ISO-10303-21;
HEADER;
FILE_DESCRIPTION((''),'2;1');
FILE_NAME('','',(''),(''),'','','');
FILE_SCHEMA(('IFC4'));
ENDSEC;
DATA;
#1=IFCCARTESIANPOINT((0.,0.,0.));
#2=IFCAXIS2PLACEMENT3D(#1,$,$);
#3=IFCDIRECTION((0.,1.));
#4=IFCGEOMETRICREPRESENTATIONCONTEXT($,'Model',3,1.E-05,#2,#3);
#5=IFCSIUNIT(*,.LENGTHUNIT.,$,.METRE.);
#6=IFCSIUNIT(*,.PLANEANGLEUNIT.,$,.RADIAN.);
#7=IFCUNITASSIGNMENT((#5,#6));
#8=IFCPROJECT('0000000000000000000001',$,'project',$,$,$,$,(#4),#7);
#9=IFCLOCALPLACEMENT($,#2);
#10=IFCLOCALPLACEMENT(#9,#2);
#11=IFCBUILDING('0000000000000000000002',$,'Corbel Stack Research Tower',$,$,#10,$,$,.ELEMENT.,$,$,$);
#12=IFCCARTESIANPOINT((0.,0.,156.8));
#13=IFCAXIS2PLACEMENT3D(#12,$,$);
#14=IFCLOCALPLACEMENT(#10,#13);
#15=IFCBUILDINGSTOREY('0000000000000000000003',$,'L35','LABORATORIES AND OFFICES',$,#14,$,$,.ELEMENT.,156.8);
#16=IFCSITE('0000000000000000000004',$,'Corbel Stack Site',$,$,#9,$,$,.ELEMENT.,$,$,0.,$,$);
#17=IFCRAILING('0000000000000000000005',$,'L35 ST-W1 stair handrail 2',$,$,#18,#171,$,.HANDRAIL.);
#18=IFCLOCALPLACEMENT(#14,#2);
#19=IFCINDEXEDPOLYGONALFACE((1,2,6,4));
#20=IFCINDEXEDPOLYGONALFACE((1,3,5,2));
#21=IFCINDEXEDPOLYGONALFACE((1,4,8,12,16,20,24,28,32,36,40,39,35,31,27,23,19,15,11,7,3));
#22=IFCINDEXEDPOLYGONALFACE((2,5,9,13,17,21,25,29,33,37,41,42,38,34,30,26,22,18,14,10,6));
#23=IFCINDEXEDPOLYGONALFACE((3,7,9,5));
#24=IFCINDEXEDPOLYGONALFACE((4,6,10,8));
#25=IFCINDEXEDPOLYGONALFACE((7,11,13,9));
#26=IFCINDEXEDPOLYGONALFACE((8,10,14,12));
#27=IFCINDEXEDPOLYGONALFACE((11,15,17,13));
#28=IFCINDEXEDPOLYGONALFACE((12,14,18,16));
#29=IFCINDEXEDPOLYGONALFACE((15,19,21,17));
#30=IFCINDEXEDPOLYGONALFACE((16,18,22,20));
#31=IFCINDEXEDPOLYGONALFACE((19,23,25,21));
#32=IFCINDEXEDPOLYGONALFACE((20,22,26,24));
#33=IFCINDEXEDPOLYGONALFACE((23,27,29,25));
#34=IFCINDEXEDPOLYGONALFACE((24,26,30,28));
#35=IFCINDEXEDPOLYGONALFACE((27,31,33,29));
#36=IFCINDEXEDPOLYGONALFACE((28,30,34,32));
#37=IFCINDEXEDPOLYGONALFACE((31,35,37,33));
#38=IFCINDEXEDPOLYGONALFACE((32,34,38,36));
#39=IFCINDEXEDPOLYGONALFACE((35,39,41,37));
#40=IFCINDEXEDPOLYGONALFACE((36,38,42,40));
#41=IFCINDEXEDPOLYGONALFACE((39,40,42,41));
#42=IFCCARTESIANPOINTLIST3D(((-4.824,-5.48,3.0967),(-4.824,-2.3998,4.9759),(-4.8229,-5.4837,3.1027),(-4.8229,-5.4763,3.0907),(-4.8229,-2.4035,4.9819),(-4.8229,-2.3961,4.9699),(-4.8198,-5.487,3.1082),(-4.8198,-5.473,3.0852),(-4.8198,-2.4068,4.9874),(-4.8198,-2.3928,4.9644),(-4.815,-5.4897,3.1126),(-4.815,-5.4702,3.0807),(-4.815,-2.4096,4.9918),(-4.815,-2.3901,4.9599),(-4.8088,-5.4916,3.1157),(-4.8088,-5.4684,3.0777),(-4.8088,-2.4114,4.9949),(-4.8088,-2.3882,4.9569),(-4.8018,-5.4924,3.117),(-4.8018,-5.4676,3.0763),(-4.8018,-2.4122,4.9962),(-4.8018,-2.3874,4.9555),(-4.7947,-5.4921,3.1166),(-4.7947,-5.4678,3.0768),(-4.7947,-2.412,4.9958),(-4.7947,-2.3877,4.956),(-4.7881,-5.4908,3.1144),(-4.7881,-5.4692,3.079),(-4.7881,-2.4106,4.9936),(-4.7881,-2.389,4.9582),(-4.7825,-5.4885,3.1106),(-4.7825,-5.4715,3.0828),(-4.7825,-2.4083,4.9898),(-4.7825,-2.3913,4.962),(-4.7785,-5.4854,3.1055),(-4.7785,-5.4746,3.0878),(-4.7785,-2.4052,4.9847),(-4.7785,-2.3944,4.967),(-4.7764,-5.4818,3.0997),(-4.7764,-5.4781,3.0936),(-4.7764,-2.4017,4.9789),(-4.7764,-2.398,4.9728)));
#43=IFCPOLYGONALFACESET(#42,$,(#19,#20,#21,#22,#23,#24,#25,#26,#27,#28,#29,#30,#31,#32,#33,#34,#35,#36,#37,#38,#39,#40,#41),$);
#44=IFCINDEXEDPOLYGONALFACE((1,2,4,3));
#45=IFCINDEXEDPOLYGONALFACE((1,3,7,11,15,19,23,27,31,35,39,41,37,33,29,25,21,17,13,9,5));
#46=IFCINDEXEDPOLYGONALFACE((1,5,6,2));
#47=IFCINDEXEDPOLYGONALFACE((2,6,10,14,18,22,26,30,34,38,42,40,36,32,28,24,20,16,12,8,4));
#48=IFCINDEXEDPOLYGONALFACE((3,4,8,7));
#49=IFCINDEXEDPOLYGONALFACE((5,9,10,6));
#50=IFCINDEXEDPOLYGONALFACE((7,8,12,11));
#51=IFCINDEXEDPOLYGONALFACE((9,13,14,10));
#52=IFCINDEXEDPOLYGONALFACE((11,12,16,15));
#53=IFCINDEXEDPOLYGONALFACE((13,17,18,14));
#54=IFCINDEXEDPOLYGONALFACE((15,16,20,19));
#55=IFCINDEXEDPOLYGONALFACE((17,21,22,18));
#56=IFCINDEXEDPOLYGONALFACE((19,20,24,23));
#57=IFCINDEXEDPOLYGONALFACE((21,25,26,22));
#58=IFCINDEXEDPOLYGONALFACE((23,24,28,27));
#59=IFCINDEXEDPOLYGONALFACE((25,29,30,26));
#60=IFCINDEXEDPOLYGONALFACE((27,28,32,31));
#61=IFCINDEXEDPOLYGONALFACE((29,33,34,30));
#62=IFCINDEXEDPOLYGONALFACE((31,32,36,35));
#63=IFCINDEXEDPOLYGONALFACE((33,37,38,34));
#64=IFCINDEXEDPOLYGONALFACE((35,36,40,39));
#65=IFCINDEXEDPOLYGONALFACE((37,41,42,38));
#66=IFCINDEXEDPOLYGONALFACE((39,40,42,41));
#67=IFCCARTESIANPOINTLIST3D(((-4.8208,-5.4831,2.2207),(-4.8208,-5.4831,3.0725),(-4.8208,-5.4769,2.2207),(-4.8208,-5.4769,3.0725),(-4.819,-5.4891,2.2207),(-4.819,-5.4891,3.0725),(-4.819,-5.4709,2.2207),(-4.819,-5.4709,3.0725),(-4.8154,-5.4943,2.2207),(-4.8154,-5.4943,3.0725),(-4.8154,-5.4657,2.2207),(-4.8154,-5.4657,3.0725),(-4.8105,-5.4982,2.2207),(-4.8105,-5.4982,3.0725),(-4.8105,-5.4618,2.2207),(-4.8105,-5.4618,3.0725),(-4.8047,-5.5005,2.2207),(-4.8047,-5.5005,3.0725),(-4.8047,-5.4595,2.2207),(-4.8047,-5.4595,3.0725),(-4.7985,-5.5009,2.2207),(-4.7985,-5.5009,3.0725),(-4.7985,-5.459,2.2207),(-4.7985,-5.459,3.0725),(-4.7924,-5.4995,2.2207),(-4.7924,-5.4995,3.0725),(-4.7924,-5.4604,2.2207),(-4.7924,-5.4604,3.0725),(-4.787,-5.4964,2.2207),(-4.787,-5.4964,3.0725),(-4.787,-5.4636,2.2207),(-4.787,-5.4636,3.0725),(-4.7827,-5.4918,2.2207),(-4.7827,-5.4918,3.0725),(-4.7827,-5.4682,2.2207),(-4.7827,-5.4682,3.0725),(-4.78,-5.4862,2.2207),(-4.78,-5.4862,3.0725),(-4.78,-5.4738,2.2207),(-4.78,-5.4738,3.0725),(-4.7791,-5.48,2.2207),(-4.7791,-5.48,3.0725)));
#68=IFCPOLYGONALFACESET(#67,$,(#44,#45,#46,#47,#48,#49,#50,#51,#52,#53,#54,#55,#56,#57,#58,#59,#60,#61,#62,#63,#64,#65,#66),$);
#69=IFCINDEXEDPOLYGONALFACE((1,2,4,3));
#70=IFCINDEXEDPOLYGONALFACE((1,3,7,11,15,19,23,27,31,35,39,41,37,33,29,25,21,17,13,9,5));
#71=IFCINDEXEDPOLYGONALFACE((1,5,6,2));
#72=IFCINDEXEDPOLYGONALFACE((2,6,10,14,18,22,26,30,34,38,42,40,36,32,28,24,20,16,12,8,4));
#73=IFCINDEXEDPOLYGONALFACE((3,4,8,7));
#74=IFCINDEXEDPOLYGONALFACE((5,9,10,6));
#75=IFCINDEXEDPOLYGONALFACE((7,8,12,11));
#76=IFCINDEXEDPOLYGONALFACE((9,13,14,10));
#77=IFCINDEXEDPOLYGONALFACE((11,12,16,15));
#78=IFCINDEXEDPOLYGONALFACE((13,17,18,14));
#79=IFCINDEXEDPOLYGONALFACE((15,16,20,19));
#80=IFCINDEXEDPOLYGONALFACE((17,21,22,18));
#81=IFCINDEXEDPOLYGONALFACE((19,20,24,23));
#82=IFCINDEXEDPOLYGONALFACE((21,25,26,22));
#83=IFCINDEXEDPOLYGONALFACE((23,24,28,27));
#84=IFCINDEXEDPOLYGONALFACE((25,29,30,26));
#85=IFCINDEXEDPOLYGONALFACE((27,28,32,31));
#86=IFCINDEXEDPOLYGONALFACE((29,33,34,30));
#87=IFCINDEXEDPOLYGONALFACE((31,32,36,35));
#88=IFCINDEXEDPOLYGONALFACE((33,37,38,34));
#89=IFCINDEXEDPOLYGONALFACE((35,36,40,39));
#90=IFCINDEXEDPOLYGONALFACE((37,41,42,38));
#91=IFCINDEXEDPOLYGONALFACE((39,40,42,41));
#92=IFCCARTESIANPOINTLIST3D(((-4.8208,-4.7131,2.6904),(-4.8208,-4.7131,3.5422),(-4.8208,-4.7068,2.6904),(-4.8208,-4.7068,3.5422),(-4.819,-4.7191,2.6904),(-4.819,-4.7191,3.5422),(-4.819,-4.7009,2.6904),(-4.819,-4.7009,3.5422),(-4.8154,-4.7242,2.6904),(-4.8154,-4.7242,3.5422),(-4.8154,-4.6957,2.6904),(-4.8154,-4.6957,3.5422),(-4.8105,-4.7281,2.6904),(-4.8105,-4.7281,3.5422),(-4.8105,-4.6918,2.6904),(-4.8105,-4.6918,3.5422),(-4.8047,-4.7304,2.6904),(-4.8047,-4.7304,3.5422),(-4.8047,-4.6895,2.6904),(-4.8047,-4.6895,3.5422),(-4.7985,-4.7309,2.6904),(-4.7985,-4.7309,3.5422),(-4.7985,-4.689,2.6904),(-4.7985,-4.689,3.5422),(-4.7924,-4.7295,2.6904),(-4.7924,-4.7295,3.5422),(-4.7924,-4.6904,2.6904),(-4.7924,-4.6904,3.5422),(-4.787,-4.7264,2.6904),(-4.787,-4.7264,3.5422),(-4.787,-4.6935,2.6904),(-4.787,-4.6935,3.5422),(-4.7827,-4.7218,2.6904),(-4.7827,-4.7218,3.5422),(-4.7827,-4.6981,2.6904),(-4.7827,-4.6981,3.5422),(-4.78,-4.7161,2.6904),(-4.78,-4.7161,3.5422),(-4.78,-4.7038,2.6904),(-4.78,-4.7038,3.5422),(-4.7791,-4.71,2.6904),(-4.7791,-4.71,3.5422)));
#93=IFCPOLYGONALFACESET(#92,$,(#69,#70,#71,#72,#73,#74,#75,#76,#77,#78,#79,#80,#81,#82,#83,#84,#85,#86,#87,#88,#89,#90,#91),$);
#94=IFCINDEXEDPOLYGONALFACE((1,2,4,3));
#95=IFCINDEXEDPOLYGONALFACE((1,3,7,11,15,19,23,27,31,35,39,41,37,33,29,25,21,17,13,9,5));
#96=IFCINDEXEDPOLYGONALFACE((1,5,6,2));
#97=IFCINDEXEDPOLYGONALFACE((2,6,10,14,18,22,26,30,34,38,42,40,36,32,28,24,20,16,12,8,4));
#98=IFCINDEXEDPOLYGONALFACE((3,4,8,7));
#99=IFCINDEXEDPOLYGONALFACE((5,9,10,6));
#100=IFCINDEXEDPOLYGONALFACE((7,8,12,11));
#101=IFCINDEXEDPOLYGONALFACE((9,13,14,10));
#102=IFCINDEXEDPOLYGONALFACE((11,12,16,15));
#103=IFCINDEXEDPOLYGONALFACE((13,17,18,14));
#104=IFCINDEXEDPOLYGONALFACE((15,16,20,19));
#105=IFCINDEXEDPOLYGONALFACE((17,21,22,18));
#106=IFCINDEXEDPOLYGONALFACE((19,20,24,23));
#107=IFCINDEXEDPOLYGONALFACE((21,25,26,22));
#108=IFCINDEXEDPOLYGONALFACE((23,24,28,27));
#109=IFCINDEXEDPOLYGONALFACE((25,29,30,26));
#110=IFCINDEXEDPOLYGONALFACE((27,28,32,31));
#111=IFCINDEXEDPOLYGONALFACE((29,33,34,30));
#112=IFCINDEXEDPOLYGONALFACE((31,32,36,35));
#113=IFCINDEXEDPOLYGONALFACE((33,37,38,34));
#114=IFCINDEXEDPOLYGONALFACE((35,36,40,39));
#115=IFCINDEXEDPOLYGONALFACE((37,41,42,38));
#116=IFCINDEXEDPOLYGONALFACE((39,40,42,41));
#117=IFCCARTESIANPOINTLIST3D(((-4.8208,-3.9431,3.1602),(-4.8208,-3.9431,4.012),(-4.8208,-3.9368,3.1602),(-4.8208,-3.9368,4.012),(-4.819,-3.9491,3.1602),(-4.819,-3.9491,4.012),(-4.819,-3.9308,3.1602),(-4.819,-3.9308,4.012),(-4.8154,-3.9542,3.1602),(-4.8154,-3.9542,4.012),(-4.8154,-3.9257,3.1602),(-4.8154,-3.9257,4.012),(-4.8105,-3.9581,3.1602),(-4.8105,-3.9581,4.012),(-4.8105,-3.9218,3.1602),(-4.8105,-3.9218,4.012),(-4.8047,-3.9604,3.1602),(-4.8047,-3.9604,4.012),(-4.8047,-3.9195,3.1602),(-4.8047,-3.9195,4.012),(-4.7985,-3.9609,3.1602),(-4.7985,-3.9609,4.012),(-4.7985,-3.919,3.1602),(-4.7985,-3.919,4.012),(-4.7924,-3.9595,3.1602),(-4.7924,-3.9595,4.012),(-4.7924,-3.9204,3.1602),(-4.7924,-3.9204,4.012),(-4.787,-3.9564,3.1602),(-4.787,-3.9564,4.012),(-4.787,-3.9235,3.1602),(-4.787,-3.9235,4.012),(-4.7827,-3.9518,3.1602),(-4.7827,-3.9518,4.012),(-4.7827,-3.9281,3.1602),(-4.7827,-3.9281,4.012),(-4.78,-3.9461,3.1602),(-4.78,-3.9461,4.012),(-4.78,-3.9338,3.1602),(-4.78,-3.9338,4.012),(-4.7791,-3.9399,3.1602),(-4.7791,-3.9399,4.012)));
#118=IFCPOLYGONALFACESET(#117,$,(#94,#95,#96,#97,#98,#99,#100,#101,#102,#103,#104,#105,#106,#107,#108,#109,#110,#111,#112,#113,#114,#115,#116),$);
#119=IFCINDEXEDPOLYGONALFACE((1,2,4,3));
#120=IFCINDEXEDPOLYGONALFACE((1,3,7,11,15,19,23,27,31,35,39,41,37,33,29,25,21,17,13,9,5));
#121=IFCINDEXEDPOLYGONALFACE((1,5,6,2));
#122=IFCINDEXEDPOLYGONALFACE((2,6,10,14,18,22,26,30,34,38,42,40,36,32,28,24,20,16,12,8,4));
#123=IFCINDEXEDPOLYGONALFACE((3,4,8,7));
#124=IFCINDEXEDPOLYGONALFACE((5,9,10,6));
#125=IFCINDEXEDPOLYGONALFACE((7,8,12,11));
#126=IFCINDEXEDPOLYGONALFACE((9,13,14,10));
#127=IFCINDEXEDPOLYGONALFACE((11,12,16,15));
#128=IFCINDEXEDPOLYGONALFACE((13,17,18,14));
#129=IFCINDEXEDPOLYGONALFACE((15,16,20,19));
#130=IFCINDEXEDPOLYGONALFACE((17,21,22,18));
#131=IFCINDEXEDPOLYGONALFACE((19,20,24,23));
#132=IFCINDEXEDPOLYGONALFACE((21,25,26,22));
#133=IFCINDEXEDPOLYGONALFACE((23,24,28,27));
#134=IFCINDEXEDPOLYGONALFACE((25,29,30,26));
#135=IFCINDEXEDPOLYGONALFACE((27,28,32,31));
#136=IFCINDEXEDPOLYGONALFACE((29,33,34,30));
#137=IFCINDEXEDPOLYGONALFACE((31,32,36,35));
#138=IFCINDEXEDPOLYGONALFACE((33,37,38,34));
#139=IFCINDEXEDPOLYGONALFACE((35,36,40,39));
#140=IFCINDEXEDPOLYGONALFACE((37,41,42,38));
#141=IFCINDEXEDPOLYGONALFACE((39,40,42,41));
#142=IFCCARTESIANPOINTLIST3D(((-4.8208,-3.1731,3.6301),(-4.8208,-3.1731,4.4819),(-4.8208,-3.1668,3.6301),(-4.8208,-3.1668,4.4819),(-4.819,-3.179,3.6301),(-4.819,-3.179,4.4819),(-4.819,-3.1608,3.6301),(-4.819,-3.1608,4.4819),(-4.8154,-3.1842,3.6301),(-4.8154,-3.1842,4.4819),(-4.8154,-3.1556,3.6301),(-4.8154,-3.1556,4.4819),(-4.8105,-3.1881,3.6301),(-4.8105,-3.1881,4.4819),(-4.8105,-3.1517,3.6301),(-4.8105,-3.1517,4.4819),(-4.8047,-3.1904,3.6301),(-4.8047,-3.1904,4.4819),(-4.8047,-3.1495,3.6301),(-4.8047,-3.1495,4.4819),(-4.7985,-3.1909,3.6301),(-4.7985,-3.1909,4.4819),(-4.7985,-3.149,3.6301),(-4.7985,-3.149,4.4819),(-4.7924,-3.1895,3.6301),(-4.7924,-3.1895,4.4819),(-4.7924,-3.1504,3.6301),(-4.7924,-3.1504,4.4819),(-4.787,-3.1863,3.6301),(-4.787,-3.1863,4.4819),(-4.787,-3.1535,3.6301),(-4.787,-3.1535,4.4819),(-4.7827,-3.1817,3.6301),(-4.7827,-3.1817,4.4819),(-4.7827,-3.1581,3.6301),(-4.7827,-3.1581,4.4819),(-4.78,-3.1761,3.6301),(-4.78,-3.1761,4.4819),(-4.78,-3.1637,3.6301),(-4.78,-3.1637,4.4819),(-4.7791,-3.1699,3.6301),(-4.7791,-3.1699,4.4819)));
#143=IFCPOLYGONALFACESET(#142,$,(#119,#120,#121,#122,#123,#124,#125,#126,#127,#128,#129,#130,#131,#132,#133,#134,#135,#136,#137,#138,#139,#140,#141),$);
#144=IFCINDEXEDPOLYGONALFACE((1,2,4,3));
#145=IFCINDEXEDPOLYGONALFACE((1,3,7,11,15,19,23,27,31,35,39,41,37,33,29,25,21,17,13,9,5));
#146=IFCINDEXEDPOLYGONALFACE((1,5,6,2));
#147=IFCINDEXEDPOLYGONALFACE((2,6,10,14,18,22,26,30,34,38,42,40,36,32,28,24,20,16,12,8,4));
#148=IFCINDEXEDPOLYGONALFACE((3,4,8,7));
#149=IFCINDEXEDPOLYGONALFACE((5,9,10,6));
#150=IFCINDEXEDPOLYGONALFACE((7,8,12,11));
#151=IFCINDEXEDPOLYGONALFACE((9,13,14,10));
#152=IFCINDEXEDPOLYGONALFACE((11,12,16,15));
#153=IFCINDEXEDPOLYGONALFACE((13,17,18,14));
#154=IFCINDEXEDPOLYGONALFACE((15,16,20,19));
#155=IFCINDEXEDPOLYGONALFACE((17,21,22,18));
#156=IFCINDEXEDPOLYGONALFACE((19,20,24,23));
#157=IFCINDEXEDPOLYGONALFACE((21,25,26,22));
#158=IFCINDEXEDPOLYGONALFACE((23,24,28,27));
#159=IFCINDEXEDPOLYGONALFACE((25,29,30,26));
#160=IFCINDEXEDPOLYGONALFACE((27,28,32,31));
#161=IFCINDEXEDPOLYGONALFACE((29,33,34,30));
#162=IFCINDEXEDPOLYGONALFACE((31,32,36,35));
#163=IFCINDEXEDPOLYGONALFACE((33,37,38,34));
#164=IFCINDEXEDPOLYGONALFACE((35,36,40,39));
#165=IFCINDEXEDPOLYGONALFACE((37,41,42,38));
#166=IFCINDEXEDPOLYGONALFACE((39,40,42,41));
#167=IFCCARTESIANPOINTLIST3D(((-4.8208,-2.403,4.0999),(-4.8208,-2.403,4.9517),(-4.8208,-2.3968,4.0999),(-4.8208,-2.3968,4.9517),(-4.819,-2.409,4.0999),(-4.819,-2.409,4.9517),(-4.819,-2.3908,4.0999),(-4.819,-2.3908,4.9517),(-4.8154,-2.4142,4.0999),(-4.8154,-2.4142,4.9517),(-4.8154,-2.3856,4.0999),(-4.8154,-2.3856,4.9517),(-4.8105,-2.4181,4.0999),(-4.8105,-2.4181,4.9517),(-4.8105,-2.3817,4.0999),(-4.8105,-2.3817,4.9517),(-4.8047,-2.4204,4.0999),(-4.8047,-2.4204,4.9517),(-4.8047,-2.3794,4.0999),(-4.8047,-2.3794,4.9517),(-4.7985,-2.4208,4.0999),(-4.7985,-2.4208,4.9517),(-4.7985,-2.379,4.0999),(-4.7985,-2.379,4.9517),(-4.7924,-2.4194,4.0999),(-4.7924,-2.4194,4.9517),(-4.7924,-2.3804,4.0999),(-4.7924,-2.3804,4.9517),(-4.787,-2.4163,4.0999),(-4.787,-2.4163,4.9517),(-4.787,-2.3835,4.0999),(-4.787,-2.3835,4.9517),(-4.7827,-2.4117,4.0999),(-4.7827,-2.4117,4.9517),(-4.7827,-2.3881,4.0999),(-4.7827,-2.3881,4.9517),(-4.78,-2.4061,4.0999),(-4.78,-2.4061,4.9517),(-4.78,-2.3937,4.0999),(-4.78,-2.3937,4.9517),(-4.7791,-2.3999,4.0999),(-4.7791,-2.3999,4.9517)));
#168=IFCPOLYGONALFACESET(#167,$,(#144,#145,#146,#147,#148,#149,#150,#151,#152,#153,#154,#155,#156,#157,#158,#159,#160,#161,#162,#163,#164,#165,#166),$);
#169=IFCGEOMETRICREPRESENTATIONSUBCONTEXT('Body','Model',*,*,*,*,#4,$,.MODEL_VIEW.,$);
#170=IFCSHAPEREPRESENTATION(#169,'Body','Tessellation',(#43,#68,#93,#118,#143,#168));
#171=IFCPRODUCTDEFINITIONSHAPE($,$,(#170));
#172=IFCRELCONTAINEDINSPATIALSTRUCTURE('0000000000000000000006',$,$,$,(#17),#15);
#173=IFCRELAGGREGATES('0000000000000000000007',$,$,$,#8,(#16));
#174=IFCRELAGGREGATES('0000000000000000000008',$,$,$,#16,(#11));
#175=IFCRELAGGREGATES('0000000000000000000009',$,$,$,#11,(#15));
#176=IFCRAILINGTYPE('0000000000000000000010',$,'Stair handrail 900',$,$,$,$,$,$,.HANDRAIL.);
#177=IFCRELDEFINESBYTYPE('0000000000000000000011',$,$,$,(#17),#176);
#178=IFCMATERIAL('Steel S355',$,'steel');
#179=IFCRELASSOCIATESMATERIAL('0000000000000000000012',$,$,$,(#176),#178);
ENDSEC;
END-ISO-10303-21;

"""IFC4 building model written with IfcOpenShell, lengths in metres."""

from ifc_helpers import new_model, si_unit, direction, frame, origin, origin_2d, place, context, subcontext, project, spatial, circle, extrude, material, type_object, element, save


model = new_model("IFC4")

# Units and contexts
model_context = context("Model", 3, precision=1e-05, world=origin(), true_north=direction((0.0, 1.0)))
body_context = subcontext(model_context, "Body", "Model", "MODEL_VIEW")
ifc_project = project(units=[si_unit("LENGTHUNIT", "METRE"), si_unit("PLANEANGLEUNIT", "RADIAN")], contexts=[model_context])

# Site, building, storey
site_placement = place(None, origin())
site = spatial("IfcSite", under=ifc_project, at=site_placement, Name="Corbel Stack Site", CompositionType="ELEMENT", RefElevation=0.0)
building_placement = place(site_placement, origin())
building = spatial("IfcBuilding", under=site, at=building_placement, Name="Corbel Stack Research Tower", CompositionType="ELEMENT")
storey_placement = place(building_placement, frame((0.0, 0.0, 156.8)))
storey = spatial("IfcBuildingStorey", under=building, at=storey_placement, Name="L35", Description="LABORATORIES AND OFFICES", CompositionType="ELEMENT", Elevation=156.8)

# Railing
ifc_material_1 = material(Name="Steel S355", Category="steel")
railing_type_1 = type_object("IfcRailingType", Name="Stair handrail 900", PredefinedType="HANDRAIL", material=ifc_material_1)
railing_1_placement = place(storey_placement, frame((-4.8, -5.48, 2.2207)))
element("IfcRailing", 1, at=railing_1_placement, inside=storey, type_object=railing_type_1, Name="L35 ST-W1 stair handrail 2", PredefinedType="HANDRAIL", context=body_context, shape_type="SweptSolid", body=[
    extrude(circle(Radius=0.0239, at=origin_2d()), frame((0.0, 0.0, 0.876), z_axis=(0.0, 0.853666, 0.52082), x_axis=(-1.0, 0.0, 0.0)), (0.0, 0.0, 1.0), 3.6082),
    extrude(circle(Radius=0.021, at=origin_2d()), origin(), (0.0, 0.0, 1.0), 0.8518),
    extrude(circle(Radius=0.021, at=origin_2d()), frame((0.0, 0.77, 0.4697)), (0.0, 0.0, 1.0), 0.8518),
    extrude(circle(Radius=0.021, at=origin_2d()), frame((0.0, 1.54, 0.9395)), (0.0, 0.0, 1.0), 0.8518),
    extrude(circle(Radius=0.021, at=origin_2d()), frame((0.0, 2.3101, 1.4094)), (0.0, 0.0, 1.0), 0.8518),
    extrude(circle(Radius=0.021, at=origin_2d()), frame((0.0, 3.0801, 1.8792)), (0.0, 0.0, 1.0), 0.8518),
])

save(model, "model.ifc")
